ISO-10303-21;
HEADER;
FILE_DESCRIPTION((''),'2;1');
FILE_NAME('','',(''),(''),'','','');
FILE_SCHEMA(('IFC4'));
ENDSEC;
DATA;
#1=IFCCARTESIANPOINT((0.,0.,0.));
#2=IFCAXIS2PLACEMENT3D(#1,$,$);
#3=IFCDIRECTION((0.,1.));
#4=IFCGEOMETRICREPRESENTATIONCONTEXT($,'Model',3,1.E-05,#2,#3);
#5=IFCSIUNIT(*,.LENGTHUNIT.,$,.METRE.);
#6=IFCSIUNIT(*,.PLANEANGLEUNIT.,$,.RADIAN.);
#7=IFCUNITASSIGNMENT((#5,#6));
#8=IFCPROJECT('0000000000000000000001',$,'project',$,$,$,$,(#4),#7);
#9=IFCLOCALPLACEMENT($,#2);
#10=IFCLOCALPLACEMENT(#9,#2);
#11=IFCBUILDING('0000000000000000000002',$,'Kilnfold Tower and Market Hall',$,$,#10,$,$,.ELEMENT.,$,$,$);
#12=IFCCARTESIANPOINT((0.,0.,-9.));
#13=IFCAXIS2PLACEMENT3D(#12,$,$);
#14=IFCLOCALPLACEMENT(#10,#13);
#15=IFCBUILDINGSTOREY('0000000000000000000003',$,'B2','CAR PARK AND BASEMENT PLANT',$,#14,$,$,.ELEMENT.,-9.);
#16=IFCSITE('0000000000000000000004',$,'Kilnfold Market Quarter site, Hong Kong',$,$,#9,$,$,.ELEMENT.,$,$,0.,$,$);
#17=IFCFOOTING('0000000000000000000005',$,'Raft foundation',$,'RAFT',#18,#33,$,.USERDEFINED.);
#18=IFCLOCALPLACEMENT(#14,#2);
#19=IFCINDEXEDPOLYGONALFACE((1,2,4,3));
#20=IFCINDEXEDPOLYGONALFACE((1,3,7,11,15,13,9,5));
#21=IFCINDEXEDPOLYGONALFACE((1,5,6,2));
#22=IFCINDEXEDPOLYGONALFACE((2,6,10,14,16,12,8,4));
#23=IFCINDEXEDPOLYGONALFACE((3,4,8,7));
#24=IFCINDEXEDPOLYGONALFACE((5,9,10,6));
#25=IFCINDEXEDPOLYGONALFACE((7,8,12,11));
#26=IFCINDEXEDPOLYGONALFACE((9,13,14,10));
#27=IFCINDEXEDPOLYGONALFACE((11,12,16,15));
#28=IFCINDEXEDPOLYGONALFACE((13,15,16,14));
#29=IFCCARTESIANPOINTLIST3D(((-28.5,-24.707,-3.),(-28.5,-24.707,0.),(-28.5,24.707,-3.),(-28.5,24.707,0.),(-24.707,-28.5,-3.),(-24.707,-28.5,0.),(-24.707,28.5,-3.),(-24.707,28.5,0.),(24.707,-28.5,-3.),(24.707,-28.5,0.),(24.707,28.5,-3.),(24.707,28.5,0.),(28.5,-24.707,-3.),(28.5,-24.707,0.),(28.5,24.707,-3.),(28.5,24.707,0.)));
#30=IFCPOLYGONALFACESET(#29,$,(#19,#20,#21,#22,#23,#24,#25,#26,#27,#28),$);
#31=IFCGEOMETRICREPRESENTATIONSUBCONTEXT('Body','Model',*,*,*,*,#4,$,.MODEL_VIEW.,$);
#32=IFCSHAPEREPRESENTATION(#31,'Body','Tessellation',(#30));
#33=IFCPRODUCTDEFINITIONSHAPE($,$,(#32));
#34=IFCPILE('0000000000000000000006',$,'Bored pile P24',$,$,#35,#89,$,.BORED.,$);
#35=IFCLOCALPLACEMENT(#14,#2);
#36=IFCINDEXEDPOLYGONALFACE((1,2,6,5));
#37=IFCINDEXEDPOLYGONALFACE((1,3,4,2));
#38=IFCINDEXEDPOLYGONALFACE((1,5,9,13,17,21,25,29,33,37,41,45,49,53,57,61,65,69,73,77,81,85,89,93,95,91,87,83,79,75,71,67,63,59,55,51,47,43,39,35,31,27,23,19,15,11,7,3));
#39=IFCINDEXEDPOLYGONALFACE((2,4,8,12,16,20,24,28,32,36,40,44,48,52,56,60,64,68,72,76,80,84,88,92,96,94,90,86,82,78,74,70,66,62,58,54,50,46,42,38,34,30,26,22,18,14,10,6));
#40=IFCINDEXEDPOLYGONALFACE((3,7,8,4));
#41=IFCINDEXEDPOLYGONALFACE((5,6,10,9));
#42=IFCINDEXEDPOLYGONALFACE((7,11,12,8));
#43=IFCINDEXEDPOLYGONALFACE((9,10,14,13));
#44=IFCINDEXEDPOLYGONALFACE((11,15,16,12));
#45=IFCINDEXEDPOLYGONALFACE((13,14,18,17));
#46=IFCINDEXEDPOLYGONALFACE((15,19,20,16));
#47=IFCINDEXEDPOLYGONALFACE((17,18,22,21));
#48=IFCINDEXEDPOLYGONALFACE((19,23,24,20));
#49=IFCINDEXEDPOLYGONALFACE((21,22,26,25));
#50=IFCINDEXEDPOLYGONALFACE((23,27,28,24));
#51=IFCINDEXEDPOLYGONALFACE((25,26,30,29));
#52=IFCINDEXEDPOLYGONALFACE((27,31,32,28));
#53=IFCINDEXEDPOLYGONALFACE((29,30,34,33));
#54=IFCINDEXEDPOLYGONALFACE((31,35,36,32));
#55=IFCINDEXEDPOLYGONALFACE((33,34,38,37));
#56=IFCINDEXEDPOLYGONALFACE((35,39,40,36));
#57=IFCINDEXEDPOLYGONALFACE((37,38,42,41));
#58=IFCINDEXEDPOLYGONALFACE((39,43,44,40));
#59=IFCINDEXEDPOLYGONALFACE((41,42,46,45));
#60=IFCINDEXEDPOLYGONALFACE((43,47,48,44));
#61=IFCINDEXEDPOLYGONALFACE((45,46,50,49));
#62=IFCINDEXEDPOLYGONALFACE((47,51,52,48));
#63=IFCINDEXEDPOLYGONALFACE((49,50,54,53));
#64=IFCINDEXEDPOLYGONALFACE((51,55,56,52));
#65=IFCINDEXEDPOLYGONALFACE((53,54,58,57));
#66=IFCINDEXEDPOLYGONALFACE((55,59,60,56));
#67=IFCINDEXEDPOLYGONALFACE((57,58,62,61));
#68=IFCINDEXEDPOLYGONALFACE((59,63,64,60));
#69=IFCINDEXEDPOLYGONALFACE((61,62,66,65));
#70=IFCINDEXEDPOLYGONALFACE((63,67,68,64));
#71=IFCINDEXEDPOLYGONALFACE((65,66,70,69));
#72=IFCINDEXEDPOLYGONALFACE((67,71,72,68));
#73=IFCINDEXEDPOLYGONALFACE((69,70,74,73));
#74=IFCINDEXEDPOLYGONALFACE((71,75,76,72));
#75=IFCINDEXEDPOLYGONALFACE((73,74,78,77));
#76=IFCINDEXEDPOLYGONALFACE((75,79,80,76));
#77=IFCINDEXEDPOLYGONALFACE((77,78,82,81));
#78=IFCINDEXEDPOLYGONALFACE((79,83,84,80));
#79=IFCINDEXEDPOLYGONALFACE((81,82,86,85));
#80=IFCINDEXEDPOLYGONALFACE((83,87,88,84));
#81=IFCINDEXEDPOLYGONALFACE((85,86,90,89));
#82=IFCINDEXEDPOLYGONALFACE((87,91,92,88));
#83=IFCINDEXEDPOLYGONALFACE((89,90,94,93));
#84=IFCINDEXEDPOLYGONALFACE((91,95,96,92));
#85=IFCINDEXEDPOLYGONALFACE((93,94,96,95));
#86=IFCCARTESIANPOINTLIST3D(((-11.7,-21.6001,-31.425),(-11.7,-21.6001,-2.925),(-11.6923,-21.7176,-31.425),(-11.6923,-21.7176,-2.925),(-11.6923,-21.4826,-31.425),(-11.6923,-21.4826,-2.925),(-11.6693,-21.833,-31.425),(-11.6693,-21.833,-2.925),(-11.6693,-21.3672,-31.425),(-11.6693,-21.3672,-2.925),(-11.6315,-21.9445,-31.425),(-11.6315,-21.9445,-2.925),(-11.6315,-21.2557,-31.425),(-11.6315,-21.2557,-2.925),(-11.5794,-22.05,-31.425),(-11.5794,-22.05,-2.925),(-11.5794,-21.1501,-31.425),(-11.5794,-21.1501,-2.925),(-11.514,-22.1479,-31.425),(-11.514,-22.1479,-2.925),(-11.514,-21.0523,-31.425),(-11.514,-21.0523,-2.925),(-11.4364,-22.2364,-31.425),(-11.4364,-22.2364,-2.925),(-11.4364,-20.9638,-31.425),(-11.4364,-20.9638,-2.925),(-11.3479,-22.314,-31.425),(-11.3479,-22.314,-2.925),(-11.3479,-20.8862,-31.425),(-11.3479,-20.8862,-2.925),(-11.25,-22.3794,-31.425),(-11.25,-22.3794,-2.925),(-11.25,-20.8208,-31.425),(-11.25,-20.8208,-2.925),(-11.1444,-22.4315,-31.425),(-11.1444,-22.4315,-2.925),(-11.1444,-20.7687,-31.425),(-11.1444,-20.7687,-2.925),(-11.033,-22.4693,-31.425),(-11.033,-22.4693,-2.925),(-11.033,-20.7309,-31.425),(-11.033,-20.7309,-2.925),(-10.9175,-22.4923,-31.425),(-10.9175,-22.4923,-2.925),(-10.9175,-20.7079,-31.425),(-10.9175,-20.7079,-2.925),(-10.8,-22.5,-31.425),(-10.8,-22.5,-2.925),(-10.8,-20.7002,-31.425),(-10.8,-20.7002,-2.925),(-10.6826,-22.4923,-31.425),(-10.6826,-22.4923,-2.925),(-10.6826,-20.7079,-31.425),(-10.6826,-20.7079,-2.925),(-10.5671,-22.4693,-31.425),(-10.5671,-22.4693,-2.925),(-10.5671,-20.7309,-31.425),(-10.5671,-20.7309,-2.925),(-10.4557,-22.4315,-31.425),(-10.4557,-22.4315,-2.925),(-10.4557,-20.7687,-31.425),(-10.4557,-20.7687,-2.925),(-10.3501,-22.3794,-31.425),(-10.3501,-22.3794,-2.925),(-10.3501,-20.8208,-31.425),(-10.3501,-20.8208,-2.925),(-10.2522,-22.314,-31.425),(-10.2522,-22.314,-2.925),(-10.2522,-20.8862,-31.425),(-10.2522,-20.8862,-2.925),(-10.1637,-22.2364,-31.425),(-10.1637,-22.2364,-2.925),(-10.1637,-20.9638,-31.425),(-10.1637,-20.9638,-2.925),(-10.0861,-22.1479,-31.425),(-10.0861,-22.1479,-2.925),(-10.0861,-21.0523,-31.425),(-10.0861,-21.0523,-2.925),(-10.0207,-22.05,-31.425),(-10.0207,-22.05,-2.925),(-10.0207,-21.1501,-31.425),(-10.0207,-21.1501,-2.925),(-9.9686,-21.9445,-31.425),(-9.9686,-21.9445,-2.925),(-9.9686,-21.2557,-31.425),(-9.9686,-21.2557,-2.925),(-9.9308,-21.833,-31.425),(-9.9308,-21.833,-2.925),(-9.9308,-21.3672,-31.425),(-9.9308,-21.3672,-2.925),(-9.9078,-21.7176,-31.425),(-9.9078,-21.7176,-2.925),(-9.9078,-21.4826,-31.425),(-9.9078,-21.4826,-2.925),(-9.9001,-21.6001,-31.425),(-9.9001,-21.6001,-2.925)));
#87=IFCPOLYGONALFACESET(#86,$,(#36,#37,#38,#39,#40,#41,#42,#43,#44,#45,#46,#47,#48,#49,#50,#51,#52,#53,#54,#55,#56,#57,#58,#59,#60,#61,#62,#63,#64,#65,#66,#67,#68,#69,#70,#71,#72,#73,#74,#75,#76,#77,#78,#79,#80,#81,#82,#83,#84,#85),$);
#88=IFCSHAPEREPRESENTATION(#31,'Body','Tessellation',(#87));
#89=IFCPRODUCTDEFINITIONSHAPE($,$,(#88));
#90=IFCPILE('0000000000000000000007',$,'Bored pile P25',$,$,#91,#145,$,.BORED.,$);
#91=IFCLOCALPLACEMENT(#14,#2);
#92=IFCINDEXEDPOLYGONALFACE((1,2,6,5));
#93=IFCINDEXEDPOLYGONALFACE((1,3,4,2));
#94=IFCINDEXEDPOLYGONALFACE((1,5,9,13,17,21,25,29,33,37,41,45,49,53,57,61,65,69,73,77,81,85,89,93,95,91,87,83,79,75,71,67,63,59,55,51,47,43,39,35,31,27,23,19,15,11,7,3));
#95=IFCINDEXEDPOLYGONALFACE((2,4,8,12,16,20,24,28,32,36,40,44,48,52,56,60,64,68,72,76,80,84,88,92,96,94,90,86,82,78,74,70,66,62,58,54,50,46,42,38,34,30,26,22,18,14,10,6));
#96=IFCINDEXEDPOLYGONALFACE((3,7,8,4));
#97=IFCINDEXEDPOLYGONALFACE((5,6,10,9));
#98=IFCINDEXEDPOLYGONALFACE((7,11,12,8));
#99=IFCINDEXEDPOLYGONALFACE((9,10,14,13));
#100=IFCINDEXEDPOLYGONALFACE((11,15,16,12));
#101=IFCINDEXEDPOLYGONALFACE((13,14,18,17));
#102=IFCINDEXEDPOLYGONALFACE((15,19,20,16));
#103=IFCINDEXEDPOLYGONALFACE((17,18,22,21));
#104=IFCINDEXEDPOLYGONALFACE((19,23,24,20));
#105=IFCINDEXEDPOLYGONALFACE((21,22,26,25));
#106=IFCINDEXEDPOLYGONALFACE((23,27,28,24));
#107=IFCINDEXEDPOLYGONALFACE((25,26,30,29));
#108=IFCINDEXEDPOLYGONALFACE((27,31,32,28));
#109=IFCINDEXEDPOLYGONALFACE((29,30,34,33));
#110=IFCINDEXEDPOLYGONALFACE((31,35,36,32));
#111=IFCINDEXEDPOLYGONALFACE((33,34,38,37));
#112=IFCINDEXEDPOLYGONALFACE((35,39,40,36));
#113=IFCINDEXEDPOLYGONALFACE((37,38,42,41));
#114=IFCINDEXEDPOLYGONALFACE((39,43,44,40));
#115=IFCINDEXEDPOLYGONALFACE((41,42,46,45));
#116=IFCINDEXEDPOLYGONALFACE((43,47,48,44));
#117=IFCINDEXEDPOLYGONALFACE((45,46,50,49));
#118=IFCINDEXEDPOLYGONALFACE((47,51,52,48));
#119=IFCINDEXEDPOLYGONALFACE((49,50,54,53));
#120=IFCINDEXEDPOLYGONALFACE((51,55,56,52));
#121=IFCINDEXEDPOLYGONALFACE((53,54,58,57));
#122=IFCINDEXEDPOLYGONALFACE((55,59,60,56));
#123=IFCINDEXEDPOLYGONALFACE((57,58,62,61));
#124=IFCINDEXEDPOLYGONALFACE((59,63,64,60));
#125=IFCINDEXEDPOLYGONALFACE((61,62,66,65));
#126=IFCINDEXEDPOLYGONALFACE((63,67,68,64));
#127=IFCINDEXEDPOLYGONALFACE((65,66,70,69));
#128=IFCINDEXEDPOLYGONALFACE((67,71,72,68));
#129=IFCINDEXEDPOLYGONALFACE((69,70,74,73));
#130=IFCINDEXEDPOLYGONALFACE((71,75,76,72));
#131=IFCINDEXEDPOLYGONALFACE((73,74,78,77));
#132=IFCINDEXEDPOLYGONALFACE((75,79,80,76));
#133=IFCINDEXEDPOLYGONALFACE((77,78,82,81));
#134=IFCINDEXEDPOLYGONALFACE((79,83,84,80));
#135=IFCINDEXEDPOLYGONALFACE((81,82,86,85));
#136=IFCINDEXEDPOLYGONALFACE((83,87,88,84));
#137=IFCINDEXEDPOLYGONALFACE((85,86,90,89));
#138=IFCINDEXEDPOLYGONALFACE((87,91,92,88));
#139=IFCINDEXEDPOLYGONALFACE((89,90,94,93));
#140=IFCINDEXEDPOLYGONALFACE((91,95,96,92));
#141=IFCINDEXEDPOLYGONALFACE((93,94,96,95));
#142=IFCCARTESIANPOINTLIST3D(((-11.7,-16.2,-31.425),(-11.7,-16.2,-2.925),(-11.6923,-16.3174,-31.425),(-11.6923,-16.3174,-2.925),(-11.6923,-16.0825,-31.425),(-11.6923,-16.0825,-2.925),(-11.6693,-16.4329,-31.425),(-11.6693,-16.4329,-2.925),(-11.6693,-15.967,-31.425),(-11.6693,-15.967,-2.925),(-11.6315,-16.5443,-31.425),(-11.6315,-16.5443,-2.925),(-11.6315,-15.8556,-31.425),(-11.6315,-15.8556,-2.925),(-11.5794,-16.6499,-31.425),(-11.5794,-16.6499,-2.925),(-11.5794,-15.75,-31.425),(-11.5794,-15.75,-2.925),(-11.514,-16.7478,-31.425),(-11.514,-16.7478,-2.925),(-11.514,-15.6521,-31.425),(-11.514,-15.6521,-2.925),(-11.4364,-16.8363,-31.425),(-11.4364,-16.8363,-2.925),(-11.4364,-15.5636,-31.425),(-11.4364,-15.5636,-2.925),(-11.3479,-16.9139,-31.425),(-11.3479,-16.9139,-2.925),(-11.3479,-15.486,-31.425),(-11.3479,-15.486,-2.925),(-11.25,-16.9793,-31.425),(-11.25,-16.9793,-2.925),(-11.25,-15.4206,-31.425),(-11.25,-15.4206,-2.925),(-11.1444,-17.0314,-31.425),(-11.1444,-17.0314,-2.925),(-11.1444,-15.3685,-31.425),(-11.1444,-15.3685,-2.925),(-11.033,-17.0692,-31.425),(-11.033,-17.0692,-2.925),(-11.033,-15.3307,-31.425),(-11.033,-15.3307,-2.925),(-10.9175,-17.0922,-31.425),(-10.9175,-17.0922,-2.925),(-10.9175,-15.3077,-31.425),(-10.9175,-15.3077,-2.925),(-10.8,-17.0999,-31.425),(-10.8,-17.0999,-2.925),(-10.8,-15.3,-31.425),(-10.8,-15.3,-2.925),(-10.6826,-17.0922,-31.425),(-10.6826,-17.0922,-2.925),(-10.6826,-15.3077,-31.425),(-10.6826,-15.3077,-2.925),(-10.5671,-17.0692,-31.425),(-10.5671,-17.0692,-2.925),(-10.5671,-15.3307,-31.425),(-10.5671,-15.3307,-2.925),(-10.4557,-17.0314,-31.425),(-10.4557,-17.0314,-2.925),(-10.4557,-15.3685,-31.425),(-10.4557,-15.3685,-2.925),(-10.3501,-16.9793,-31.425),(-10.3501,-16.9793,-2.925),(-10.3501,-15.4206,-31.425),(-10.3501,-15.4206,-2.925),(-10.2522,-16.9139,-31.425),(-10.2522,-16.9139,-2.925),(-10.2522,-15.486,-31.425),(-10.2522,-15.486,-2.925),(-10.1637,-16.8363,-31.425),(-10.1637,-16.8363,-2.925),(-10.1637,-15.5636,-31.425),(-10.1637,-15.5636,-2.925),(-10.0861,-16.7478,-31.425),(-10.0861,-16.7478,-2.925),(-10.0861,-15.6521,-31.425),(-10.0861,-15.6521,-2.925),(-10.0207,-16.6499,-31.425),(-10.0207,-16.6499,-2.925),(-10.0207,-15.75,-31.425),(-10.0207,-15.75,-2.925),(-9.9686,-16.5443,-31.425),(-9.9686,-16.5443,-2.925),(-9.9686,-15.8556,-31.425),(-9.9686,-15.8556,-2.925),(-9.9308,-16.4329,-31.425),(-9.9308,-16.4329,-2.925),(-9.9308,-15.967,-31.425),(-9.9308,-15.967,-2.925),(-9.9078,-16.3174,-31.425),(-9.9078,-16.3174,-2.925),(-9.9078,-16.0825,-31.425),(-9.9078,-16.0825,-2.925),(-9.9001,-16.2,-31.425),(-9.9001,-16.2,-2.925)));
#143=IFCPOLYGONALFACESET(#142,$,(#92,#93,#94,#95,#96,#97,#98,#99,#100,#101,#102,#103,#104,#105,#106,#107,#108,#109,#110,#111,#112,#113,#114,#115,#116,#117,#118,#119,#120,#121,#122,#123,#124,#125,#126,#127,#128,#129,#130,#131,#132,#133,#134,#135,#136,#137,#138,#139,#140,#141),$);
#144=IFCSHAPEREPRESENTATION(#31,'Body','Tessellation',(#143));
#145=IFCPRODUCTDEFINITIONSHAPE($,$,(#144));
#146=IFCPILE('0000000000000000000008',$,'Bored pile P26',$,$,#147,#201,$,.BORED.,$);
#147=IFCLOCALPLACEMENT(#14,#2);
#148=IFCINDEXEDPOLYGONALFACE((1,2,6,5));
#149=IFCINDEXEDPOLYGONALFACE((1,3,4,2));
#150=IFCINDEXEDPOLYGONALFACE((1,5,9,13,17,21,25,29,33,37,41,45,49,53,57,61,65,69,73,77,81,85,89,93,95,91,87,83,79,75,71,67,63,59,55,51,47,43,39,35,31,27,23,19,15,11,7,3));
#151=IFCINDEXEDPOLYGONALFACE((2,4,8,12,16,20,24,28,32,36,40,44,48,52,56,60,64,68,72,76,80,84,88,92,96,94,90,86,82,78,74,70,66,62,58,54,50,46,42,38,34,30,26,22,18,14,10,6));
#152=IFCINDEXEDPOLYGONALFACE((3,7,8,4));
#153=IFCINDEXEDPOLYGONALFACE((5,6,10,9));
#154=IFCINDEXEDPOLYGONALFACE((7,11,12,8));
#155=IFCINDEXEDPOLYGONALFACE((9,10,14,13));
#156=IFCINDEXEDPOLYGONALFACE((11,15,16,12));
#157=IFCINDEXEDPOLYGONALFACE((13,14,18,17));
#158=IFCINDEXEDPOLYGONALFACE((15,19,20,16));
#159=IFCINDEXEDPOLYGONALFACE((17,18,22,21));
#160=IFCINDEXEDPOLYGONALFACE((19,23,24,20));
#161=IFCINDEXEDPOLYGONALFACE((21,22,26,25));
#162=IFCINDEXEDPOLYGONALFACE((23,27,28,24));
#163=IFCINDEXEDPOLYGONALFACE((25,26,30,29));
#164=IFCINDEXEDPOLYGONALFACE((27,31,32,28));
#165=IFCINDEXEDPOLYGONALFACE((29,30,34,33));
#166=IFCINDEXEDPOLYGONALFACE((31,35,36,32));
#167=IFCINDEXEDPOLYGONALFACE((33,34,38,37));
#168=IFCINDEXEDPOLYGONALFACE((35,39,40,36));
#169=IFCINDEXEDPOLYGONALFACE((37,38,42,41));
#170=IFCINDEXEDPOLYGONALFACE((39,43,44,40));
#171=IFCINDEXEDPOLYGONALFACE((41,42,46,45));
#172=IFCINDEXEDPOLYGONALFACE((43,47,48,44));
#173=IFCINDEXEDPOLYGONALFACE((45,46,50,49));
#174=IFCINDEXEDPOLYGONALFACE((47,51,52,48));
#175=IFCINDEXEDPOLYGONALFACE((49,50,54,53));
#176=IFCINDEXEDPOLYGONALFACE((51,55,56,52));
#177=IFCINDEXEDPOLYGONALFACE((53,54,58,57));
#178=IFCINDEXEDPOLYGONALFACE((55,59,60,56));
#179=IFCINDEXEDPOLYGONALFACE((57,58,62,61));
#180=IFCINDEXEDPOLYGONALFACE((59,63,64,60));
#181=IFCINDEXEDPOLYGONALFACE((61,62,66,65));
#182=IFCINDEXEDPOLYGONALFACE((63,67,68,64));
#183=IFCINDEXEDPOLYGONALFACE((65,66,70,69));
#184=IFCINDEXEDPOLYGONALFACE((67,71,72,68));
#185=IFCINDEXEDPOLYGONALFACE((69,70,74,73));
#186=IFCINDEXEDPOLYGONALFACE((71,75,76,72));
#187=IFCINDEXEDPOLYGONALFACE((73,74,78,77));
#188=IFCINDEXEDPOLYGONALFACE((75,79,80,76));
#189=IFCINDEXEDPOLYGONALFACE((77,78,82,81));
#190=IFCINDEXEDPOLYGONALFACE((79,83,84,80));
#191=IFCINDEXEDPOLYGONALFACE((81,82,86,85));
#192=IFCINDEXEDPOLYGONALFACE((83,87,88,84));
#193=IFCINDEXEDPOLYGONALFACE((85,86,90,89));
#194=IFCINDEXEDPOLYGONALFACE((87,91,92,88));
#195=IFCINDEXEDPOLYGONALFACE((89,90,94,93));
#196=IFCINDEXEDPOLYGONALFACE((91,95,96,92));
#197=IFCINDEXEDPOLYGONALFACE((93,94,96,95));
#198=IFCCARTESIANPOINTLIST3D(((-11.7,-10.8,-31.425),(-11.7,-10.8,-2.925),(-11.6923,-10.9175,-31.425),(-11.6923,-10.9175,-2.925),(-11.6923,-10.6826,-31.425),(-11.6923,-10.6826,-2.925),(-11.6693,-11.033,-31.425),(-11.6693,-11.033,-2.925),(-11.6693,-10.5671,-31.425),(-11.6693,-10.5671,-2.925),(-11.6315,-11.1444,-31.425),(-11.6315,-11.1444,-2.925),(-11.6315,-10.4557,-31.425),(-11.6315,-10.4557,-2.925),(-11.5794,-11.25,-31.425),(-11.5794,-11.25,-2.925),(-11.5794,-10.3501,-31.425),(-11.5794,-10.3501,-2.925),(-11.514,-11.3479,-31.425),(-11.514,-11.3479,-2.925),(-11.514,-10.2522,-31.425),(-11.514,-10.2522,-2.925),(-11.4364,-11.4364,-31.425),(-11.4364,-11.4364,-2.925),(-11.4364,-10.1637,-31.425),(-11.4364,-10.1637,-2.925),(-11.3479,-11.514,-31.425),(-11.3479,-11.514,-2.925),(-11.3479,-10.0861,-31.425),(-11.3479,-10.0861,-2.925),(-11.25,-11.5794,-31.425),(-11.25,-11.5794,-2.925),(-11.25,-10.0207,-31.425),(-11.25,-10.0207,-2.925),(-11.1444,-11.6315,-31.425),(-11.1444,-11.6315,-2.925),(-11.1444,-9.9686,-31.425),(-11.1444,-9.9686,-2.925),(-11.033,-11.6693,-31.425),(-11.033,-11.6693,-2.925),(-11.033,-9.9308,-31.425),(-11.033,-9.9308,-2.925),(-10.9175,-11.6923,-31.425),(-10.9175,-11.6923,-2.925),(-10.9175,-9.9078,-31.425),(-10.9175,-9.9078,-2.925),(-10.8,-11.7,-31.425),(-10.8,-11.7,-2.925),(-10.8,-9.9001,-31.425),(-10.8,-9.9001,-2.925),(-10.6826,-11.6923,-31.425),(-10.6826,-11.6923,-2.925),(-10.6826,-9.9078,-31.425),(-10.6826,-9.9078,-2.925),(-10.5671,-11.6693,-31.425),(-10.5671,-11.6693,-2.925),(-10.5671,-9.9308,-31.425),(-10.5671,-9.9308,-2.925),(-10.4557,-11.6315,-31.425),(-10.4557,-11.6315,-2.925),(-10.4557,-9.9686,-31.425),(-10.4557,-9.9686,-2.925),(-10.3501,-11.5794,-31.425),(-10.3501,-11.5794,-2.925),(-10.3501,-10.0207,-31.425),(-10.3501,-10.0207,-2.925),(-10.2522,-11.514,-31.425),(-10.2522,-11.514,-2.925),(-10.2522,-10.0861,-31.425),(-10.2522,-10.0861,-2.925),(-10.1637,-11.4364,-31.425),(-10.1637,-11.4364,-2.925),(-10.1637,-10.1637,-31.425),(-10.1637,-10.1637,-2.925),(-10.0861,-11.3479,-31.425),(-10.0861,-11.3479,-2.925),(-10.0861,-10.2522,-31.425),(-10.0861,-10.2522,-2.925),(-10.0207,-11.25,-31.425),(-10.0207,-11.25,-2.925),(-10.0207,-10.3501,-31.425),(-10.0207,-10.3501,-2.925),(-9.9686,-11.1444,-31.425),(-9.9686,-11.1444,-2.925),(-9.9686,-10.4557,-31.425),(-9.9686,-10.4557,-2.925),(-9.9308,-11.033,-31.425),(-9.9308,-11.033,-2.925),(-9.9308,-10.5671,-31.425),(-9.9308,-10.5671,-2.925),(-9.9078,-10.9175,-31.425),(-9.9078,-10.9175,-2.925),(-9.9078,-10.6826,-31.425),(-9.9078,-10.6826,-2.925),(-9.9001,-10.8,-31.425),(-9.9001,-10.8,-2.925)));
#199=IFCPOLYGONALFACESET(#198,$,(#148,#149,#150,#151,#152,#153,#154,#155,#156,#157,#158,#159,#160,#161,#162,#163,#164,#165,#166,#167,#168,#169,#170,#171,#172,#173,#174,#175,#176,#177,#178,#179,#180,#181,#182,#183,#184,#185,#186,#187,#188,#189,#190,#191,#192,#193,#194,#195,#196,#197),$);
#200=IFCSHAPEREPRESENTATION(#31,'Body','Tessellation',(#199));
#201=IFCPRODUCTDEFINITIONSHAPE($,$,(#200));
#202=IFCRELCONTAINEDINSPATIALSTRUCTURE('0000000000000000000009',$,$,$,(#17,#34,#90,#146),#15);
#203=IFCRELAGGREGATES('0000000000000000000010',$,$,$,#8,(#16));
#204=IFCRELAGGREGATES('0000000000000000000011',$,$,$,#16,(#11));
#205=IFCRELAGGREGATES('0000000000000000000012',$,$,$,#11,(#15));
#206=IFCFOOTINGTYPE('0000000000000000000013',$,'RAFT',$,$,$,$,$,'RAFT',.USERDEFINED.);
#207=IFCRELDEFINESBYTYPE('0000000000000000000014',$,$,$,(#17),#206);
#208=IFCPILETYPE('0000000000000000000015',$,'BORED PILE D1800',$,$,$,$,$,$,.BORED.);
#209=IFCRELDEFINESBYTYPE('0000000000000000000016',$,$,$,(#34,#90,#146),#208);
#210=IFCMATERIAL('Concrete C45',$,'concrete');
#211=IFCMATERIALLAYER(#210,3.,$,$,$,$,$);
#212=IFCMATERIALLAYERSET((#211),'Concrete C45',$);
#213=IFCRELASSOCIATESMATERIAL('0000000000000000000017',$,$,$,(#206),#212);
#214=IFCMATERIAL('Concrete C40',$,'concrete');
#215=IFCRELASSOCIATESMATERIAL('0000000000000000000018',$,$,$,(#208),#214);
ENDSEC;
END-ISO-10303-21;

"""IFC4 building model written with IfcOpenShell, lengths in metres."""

from ifc_helpers import new_model, si_unit, direction, frame, origin, origin_2d, place, context, subcontext, project, spatial, polyline, circle, outline, extrude, source, transform, mapped, material, layer, layer_set, material_profile, profile_set, type_object, element, save


model = new_model("IFC4")

# Units and contexts
model_context = context("Model", 3, precision=1e-05, world=origin(), true_north=direction((0.0, 1.0)))
body_context = subcontext(model_context, "Body", "Model", "MODEL_VIEW")
ifc_project = project(units=[si_unit("LENGTHUNIT", "METRE"), si_unit("PLANEANGLEUNIT", "RADIAN")], contexts=[model_context])

# Site, building, storey
site_placement = place(None, origin())
site = spatial("IfcSite", under=ifc_project, at=site_placement, Name="Kilnfold Market Quarter site, Hong Kong", CompositionType="ELEMENT", RefElevation=0.0)
building_placement = place(site_placement, origin())
building = spatial("IfcBuilding", under=site, at=building_placement, Name="Kilnfold Tower and Market Hall", CompositionType="ELEMENT")
storey_placement = place(building_placement, frame((0.0, 0.0, -9.0)))
storey = spatial("IfcBuildingStorey", under=building, at=storey_placement, Name="B2", Description="CAR PARK AND BASEMENT PLANT", CompositionType="ELEMENT", Elevation=-9.0)

# Footing
ifc_material_1 = material(Name="Concrete C45", Category="concrete")
ifc_layer_1 = layer(ifc_material_1, 3.0)
ifc_layer_set_1 = layer_set([ifc_layer_1], Name="Concrete C45")
footing_type = type_object("IfcFootingType", Name="RAFT", ElementType="RAFT", PredefinedType="USERDEFINED", material=ifc_layer_set_1)
shared_shape_1 = source(origin(), body_context, "Body", "SweptSolid", [
    extrude(outline(polyline([(-24.707, -28.5), (24.707, -28.5), (28.5, -24.707), (28.5, 24.707), (24.707, 28.5), (-24.707, 28.5), (-28.5, 24.707), (-28.5, -24.707), (-24.707, -28.5)])), origin(), (0.0, 0.0, 1.0), 3.0),
])
footing_placement = place(storey_placement, frame((0.0, 0.0, -3.0)))
element("IfcFooting", 1, at=footing_placement, inside=storey, type_object=footing_type, Name="Raft foundation", ObjectType="RAFT", PredefinedType="USERDEFINED", context=body_context, shape_type="MappedRepresentation", body=[
    mapped(shared_shape_1, transform((0.0, 0.0, 0.0))),
])

# Piles
ifc_material_2 = material(Name="Concrete C40", Category="concrete")
ifc_material_profile_1 = material_profile(ifc_material_2, circle(Radius=0.8999, at=origin_2d()), Name="RC D1800")
ifc_profile_set_1 = profile_set([ifc_material_profile_1], Name="Concrete C40")
pile_type = type_object("IfcPileType", Name="BORED PILE D1800", PredefinedType="BORED", material=ifc_profile_set_1)
shared_shape_2 = source(origin(), body_context, "Body", "SweptSolid", [
    extrude(circle(Radius=0.8999, at=origin_2d()), origin(), (0.0, 0.0, 1.0), 28.5),
])
for number, where, z_axis, x_axis, name in (
    (2, (-10.8, -21.6001, -2.925), (0.0, 0.0, -1.0), (1.0, 0.0, 0.0), "Bored pile P24"),
    (3, (-10.8, -16.2, -2.925), (0.0, 0.0, -1.0), (1.0, 0.0, 0.0), "Bored pile P25"),
    (4, (-10.8, -10.8, -2.925), (0.0, 0.0, -1.0), (1.0, 0.0, 0.0), "Bored pile P26"),
):
    element("IfcPile", number, at=place(storey_placement, frame(where, z_axis=z_axis, x_axis=x_axis)), inside=storey, type_object=pile_type, Name=name, PredefinedType="BORED", context=body_context, shape_type="MappedRepresentation", body=[
        mapped(shared_shape_2, transform((0.0, 0.0, 0.0))),
    ])

save(model, "model.ifc")
